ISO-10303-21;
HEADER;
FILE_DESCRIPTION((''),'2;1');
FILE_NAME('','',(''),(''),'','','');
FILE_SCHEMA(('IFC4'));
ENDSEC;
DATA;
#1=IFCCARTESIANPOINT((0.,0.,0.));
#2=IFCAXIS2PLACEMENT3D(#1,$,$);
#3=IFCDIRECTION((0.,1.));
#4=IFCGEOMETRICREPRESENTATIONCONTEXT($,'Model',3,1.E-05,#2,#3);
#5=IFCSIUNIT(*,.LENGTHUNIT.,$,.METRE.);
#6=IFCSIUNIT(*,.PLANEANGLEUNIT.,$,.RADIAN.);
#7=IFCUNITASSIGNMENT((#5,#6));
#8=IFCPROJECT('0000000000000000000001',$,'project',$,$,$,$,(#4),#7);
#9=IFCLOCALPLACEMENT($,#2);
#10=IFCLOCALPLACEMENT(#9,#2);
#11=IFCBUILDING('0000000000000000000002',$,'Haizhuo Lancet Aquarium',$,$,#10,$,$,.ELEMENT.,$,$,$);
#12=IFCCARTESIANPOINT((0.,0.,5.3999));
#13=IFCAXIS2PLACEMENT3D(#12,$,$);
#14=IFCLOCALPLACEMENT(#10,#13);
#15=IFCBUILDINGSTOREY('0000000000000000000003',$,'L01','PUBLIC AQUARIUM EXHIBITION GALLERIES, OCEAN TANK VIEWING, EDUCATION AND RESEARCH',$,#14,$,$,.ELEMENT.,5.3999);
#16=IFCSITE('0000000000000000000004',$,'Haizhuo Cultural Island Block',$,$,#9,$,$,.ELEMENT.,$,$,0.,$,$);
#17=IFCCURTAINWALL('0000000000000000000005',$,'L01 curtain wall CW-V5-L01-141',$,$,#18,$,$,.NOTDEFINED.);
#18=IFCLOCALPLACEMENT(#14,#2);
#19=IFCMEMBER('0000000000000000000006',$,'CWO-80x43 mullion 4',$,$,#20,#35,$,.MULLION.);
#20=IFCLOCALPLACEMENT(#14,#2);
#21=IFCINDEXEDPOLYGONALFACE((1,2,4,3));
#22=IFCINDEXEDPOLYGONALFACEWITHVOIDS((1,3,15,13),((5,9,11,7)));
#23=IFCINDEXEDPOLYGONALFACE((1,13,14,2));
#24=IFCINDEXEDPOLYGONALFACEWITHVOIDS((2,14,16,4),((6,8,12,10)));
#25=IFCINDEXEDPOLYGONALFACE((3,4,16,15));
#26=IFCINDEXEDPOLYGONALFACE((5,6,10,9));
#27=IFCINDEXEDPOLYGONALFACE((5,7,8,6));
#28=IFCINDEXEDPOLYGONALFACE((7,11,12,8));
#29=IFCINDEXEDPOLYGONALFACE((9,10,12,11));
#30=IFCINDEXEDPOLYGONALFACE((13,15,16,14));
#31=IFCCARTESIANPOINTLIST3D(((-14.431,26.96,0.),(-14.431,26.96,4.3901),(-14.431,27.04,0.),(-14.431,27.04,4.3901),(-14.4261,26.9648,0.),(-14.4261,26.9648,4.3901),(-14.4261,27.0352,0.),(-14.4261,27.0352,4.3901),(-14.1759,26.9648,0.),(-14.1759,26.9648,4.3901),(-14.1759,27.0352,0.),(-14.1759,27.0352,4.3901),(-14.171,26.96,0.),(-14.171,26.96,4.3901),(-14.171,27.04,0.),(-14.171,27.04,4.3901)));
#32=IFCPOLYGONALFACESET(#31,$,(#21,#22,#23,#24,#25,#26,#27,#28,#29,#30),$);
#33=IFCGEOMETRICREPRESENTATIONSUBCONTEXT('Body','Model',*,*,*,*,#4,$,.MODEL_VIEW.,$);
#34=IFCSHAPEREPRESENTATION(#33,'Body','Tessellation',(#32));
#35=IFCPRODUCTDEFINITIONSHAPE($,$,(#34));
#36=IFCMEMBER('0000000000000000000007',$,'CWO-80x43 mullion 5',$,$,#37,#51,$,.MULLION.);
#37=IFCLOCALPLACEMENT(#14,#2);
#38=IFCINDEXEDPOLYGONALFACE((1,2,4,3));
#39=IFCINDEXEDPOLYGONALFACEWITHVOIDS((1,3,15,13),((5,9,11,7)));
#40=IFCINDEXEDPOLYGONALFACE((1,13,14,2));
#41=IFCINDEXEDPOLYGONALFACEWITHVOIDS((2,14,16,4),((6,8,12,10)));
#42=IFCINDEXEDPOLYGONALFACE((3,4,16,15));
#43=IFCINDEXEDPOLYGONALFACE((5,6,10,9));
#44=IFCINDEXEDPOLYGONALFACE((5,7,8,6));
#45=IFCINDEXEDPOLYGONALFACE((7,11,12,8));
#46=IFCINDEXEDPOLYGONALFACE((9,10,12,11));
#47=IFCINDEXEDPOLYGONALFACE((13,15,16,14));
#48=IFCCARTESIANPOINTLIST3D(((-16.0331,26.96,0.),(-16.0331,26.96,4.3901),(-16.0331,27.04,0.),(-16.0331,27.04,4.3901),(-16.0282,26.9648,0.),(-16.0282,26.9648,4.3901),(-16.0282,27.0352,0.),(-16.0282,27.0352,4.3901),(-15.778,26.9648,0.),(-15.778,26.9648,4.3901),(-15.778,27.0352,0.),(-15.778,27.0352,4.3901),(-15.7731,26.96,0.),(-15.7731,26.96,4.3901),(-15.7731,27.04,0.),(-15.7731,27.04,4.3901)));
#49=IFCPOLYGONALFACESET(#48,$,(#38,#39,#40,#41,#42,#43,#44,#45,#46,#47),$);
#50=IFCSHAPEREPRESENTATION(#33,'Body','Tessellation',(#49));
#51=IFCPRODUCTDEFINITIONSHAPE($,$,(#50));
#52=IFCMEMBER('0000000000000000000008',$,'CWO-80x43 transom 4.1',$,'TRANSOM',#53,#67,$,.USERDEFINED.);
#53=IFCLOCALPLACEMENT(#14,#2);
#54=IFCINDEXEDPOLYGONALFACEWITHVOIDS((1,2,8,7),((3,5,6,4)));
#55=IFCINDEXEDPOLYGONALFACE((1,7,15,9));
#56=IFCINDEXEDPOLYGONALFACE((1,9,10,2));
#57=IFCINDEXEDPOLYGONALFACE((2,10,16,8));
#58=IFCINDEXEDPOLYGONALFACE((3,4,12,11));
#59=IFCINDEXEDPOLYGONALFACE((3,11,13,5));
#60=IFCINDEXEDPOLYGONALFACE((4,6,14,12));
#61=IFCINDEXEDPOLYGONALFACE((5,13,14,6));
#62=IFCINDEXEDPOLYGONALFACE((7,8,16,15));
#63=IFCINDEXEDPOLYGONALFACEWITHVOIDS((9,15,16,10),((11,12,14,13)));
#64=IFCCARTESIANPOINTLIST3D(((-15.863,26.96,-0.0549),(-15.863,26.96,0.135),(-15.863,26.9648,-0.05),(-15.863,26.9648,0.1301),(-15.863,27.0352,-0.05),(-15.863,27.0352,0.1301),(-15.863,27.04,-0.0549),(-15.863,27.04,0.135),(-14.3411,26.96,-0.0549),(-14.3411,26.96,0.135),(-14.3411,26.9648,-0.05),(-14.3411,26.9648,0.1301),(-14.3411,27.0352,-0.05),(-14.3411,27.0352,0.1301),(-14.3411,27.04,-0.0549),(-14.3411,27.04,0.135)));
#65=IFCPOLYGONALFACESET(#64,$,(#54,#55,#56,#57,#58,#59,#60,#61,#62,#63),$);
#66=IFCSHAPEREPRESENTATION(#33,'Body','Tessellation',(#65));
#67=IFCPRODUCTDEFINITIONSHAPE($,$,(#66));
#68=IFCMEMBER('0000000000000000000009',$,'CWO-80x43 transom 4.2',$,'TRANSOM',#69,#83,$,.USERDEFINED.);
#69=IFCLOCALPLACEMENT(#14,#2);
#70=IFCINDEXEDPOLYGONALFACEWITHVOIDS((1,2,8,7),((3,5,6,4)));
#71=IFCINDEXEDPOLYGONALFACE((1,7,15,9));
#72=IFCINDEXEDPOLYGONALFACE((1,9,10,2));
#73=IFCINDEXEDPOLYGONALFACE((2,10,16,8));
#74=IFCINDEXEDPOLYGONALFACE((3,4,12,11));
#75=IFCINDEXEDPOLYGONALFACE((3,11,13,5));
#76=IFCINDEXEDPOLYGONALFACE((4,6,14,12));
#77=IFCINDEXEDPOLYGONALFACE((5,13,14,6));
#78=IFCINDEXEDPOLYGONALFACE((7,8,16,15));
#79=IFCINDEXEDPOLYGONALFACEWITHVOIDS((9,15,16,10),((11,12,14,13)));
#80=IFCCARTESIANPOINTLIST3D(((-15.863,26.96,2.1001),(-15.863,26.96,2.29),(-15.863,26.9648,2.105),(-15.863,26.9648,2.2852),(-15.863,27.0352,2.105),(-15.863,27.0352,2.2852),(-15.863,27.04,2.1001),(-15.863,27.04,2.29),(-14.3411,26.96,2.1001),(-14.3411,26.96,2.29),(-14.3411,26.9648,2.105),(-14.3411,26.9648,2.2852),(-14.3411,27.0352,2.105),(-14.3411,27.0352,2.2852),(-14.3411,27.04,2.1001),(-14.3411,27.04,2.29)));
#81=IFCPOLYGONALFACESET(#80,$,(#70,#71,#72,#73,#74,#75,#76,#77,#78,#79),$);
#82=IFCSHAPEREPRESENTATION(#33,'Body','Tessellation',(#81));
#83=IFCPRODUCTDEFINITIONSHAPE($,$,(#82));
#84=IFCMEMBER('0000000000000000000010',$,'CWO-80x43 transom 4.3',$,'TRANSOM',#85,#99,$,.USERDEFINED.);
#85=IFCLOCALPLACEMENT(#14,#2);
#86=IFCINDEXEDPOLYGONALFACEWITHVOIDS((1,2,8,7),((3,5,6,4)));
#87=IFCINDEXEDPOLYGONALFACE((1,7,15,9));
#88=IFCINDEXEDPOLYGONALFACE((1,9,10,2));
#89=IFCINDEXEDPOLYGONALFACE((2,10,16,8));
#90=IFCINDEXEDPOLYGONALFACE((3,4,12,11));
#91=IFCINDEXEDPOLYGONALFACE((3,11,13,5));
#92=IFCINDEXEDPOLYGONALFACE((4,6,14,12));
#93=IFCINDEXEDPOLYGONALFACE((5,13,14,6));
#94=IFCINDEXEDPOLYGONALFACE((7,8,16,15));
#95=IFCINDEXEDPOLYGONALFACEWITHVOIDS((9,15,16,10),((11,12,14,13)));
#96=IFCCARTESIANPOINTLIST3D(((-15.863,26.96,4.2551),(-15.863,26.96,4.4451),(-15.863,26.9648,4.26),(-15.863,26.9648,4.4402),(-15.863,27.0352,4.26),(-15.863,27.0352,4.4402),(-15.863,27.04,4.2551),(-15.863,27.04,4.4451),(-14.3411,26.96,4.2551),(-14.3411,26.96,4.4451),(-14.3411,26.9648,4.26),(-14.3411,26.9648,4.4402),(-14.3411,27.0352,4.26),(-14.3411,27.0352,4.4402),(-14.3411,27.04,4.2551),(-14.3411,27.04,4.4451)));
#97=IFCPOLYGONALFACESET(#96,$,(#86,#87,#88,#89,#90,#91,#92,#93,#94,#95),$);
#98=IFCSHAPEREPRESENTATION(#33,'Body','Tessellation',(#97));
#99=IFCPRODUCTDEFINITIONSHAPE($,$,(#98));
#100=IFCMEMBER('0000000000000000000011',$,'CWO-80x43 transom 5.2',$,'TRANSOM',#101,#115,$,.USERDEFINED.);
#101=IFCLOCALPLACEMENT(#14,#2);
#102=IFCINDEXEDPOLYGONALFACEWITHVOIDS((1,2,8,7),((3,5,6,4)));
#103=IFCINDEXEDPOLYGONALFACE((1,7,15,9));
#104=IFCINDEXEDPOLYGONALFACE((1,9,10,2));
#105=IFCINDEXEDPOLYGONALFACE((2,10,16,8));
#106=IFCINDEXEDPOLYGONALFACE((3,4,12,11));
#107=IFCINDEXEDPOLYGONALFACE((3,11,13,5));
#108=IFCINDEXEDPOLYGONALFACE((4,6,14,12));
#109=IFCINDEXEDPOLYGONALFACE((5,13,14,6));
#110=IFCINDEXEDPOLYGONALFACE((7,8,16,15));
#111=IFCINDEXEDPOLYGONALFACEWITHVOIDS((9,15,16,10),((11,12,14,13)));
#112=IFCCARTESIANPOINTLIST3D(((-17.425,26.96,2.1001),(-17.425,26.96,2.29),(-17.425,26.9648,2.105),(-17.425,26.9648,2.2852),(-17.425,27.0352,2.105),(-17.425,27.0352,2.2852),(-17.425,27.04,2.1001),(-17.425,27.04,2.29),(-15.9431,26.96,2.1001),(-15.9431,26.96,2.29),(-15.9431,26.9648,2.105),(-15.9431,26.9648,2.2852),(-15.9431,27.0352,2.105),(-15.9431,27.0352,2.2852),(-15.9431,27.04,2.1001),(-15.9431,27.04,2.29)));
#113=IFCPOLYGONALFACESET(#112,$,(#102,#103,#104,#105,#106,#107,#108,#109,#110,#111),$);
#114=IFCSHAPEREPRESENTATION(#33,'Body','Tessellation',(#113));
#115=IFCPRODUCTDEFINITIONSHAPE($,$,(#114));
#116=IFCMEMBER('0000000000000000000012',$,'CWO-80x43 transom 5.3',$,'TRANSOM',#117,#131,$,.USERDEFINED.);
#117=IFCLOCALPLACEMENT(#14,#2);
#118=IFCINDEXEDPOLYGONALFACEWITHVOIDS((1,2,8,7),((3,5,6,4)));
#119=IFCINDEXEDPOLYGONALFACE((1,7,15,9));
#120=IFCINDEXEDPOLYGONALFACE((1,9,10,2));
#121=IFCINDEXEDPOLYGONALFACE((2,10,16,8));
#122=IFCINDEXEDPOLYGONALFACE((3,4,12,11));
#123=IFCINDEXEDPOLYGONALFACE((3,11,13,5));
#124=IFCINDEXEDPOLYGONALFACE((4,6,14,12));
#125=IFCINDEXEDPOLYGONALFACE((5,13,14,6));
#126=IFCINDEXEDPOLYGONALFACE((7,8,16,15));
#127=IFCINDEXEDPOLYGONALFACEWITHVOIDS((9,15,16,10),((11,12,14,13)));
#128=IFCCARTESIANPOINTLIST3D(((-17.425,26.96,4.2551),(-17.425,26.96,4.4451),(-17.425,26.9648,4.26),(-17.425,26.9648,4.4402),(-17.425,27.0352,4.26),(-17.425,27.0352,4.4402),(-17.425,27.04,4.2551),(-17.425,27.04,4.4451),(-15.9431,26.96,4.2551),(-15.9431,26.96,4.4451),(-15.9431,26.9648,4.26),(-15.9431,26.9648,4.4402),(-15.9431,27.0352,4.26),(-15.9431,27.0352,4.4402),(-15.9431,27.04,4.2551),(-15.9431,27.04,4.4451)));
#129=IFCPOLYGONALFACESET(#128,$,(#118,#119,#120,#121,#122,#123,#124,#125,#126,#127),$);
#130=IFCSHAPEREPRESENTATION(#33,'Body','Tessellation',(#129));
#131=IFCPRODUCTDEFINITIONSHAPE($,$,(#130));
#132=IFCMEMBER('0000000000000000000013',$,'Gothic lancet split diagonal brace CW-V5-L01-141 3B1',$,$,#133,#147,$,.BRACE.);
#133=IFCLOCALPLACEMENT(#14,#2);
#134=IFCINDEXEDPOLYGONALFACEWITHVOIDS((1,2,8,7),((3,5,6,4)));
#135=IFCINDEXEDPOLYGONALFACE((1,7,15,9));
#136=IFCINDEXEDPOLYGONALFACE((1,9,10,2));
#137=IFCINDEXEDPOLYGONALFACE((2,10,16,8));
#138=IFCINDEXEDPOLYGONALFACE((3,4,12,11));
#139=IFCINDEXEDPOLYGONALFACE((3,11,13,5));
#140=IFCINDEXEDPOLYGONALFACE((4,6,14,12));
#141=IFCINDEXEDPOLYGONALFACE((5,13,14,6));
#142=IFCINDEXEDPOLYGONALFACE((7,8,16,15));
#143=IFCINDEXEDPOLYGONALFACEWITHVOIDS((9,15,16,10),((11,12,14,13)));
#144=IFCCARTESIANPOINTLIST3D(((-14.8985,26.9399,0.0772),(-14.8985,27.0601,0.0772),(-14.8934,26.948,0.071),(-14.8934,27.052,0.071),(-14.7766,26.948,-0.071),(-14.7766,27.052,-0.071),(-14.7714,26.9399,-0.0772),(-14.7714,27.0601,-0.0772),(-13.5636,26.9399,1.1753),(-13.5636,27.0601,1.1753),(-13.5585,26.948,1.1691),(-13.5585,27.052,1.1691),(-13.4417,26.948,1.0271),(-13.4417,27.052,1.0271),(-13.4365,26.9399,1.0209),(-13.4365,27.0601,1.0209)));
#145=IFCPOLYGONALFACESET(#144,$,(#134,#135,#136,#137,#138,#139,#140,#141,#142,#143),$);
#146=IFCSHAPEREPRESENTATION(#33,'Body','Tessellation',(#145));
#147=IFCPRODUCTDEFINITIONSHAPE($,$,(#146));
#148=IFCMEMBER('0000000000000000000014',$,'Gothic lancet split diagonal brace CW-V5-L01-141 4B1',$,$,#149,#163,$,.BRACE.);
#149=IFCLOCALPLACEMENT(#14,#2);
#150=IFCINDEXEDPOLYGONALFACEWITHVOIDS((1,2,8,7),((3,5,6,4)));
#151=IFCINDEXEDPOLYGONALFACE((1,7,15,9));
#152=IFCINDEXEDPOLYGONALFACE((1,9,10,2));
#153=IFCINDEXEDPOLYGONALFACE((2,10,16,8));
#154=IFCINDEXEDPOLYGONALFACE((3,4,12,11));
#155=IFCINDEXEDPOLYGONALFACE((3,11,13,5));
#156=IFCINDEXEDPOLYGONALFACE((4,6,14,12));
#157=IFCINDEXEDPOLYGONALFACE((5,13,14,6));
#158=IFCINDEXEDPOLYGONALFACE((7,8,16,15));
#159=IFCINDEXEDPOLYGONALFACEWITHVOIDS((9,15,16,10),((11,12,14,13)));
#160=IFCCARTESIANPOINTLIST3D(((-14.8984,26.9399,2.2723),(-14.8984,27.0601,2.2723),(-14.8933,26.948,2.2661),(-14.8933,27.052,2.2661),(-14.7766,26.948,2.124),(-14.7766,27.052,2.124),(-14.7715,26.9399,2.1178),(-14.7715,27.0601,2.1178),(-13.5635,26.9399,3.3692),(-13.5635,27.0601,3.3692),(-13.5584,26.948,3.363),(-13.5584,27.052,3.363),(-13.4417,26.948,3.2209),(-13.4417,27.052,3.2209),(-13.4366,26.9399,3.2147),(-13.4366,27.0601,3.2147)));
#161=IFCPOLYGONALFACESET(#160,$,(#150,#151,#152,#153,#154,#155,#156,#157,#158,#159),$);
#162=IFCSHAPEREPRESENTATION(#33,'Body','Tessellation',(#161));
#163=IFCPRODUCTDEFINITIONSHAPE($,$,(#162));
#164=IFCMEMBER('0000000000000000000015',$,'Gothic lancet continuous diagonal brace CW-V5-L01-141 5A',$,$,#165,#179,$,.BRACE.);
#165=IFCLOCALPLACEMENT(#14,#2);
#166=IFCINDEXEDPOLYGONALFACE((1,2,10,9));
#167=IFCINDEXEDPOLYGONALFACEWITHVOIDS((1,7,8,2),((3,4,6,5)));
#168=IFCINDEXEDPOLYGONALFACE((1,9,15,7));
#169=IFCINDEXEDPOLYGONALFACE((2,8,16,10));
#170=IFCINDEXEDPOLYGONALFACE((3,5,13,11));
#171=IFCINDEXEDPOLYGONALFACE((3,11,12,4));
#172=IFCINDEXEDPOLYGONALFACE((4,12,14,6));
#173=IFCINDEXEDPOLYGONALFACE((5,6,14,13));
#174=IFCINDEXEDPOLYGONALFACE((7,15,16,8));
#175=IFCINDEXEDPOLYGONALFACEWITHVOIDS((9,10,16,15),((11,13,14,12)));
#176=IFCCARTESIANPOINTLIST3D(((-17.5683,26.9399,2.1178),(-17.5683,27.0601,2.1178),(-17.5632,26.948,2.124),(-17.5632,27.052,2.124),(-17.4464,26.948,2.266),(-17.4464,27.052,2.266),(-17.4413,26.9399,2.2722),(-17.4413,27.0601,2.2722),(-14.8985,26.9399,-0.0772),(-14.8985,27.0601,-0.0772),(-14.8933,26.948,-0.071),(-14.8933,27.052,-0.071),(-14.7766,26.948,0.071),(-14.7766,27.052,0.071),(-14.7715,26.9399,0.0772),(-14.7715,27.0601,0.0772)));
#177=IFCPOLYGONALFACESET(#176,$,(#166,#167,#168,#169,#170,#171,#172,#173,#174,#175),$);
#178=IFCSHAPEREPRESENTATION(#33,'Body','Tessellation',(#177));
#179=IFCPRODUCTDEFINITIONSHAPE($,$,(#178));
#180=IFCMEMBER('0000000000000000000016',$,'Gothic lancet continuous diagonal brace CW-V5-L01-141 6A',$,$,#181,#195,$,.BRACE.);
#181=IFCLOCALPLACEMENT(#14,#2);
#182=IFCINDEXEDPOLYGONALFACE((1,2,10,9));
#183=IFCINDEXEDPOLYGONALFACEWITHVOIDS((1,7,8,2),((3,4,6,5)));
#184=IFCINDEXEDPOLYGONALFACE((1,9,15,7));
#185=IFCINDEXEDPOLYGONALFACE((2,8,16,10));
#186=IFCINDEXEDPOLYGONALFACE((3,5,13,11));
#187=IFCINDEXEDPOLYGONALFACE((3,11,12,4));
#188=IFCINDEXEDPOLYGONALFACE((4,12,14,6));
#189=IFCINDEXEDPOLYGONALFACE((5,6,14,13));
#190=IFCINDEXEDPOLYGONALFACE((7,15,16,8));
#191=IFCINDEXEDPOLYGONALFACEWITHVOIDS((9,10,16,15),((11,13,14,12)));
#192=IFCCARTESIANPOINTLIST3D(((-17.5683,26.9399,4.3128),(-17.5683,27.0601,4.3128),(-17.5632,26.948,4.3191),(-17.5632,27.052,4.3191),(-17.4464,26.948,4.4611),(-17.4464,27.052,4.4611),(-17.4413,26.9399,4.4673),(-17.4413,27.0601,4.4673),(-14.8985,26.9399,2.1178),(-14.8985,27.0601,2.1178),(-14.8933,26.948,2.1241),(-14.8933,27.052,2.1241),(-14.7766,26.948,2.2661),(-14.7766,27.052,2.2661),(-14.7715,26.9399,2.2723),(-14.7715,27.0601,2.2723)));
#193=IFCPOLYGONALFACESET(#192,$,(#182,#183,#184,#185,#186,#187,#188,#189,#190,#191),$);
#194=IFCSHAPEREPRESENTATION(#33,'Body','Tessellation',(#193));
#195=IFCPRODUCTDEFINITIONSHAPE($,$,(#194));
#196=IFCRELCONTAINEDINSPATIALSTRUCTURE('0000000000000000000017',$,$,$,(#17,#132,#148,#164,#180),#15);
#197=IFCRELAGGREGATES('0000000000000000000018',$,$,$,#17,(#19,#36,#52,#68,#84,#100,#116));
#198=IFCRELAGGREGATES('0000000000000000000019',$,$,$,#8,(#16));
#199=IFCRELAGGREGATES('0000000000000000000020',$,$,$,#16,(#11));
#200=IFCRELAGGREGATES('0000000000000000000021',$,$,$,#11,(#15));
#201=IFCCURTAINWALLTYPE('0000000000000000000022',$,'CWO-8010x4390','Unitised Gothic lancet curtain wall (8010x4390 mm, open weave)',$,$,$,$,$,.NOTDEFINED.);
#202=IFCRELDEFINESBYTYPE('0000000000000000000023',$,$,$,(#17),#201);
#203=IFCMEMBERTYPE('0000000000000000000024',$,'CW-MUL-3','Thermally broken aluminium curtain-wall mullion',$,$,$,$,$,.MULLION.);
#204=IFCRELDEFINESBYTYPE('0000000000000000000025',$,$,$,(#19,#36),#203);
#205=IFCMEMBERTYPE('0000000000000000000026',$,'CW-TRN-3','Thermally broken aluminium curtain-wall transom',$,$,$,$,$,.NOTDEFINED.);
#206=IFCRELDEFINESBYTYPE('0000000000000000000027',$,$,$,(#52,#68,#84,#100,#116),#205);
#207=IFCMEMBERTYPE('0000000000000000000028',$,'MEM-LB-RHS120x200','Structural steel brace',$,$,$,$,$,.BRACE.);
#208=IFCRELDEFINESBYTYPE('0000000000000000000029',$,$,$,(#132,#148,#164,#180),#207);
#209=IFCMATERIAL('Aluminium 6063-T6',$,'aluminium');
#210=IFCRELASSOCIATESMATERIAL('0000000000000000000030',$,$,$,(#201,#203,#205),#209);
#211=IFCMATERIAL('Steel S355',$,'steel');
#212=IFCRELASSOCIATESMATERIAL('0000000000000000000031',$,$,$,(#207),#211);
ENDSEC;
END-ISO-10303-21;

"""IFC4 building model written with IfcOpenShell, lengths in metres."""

from ifc_helpers import new_model, si_unit, direction, frame, origin, origin_2d, place, context, subcontext, project, spatial, hollow_rectangle, extrude, material, material_profile, profile_set, type_object, element, aggregate, save


model = new_model("IFC4")

# Units and contexts
model_context = context("Model", 3, precision=1e-05, world=origin(), true_north=direction((0.0, 1.0)))
body_context = subcontext(model_context, "Body", "Model", "MODEL_VIEW")
ifc_project = project(units=[si_unit("LENGTHUNIT", "METRE"), si_unit("PLANEANGLEUNIT", "RADIAN")], contexts=[model_context])

# Site, building, storey
site_placement = place(None, origin())
site = spatial("IfcSite", under=ifc_project, at=site_placement, Name="Haizhuo Cultural Island Block", CompositionType="ELEMENT", RefElevation=0.0)
building_placement = place(site_placement, origin())
building = spatial("IfcBuilding", under=site, at=building_placement, Name="Haizhuo Lancet Aquarium", CompositionType="ELEMENT")
storey_placement = place(building_placement, frame((0.0, 0.0, 5.3999)))
storey = spatial("IfcBuildingStorey", under=building, at=storey_placement, Name="L01", Description="PUBLIC AQUARIUM EXHIBITION GALLERIES, OCEAN TANK VIEWING, EDUCATION AND RESEARCH", CompositionType="ELEMENT", Elevation=5.3999)

# Curtain wall, members
ifc_material_1 = material(Name="Aluminium 6063-T6", Category="aluminium")
curtain_wall_type = type_object("IfcCurtainWallType", Name="CWO-8010x4390", Description="Unitised Gothic lancet curtain wall (8010x4390 mm, open weave)", PredefinedType="NOTDEFINED", material=ifc_material_1)
curtain_wall_placement = place(storey_placement, origin())
curtain_wall = element("IfcCurtainWall", 1, at=curtain_wall_placement, inside=storey, type_object=curtain_wall_type, Name="L01 curtain wall CW-V5-L01-141", PredefinedType="NOTDEFINED")
ifc_material_profile_1 = material_profile(ifc_material_1, hollow_rectangle(XDim=0.0801, YDim=0.26, WallThickness=0.0049, at=origin_2d()), Name="ALU-M 80x260x5")
ifc_profile_set_1 = profile_set([ifc_material_profile_1], Name="Aluminium 6063-T6")
member_type_1 = type_object("IfcMemberType", Name="CW-MUL-3", Description="Thermally broken aluminium curtain-wall mullion", PredefinedType="MULLION", material=ifc_profile_set_1)
member_1_placement = place(storey_placement, frame((-14.301, 27.0, 0.0), z_axis=(0.0, 0.0, 1.0), x_axis=(0.0, -1.0, 0.0)))
member_1 = element("IfcMember", 2, at=member_1_placement, type_object=member_type_1, Name="CWO-80x43 mullion 4", PredefinedType="MULLION", context=body_context, shape_type="SweptSolid", body=[
    extrude(hollow_rectangle(XDim=0.0801, YDim=0.26, WallThickness=0.0049, at=origin_2d()), origin(), (0.0, 0.0, 1.0), 4.3901),
])
member_2_placement = place(storey_placement, frame((-15.9031, 27.0, 0.0), z_axis=(0.0, 0.0, 1.0), x_axis=(0.0, -1.0, 0.0)))
member_2 = element("IfcMember", 3, at=member_2_placement, type_object=member_type_1, Name="CWO-80x43 mullion 5", PredefinedType="MULLION", context=body_context, shape_type="SweptSolid", body=[
    extrude(hollow_rectangle(XDim=0.0801, YDim=0.26, WallThickness=0.0049, at=origin_2d()), origin(), (0.0, 0.0, 1.0), 4.3901),
])
ifc_material_profile_2 = material_profile(ifc_material_1, hollow_rectangle(XDim=0.0801, YDim=0.1899, WallThickness=0.0049, at=origin_2d()), Name="ALU-T 80x190x5")
ifc_profile_set_2 = profile_set([ifc_material_profile_2], Name="Aluminium 6063-T6")
member_type_2 = type_object("IfcMemberType", Name="CW-TRN-3", Description="Thermally broken aluminium curtain-wall transom", PredefinedType="NOTDEFINED", material=ifc_profile_set_2)
member_3_placement = place(storey_placement, frame((-14.3411, 27.0, 0.04), z_axis=(-1.0, 0.0, 0.0), x_axis=(0.0, -1.0, 0.0)))
member_3 = element("IfcMember", 4, at=member_3_placement, type_object=member_type_2, Name="CWO-80x43 transom 4.1", ObjectType="TRANSOM", PredefinedType="USERDEFINED", context=body_context, shape_type="SweptSolid", body=[
    extrude(hollow_rectangle(XDim=0.0801, YDim=0.1899, WallThickness=0.0049, at=origin_2d()), origin(), (0.0, 0.0, 1.0), 1.522),
])
member_4_placement = place(storey_placement, frame((-14.3411, 27.0, 2.1951), z_axis=(-1.0, 0.0, 0.0), x_axis=(0.0, -1.0, 0.0)))
member_4 = element("IfcMember", 5, at=member_4_placement, type_object=member_type_2, Name="CWO-80x43 transom 4.2", ObjectType="TRANSOM", PredefinedType="USERDEFINED", context=body_context, shape_type="SweptSolid", body=[
    extrude(hollow_rectangle(XDim=0.0801, YDim=0.1899, WallThickness=0.0049, at=origin_2d()), origin(), (0.0, 0.0, 1.0), 1.522),
])
member_5_placement = place(storey_placement, frame((-14.3411, 27.0, 4.3501), z_axis=(-1.0, 0.0, 0.0), x_axis=(0.0, -1.0, 0.0)))
member_5 = element("IfcMember", 6, at=member_5_placement, type_object=member_type_2, Name="CWO-80x43 transom 4.3", ObjectType="TRANSOM", PredefinedType="USERDEFINED", context=body_context, shape_type="SweptSolid", body=[
    extrude(hollow_rectangle(XDim=0.0801, YDim=0.1899, WallThickness=0.0049, at=origin_2d()), origin(), (0.0, 0.0, 1.0), 1.522),
])
member_6_placement = place(storey_placement, frame((-15.9431, 27.0, 2.1951), z_axis=(-1.0, 0.0, 0.0), x_axis=(0.0, -1.0, 0.0)))
member_6 = element("IfcMember", 7, at=member_6_placement, type_object=member_type_2, Name="CWO-80x43 transom 5.2", ObjectType="TRANSOM", PredefinedType="USERDEFINED", context=body_context, shape_type="SweptSolid", body=[
    extrude(hollow_rectangle(XDim=0.0801, YDim=0.1899, WallThickness=0.0049, at=origin_2d()), origin(), (0.0, 0.0, 1.0), 1.4819),
])
member_7_placement = place(storey_placement, frame((-15.9431, 27.0, 4.3501), z_axis=(-1.0, 0.0, 0.0), x_axis=(0.0, -1.0, 0.0)))
member_7 = element("IfcMember", 8, at=member_7_placement, type_object=member_type_2, Name="CWO-80x43 transom 5.3", ObjectType="TRANSOM", PredefinedType="USERDEFINED", context=body_context, shape_type="SweptSolid", body=[
    extrude(hollow_rectangle(XDim=0.0801, YDim=0.1899, WallThickness=0.0049, at=origin_2d()), origin(), (0.0, 0.0, 1.0), 1.4819),
])

# Members
ifc_material_2 = material(Name="Steel S355", Category="steel")
ifc_material_profile_3 = material_profile(ifc_material_2, hollow_rectangle(XDim=0.1201, YDim=0.2, WallThickness=0.0081, at=origin_2d()), Name="RHS 120x200x8")
ifc_profile_set_3 = profile_set([ifc_material_profile_3], Name="Steel S355")
member_type_3 = type_object("IfcMemberType", Name="MEM-LB-RHS120x200", Description="Structural steel brace", PredefinedType="BRACE", material=ifc_profile_set_3)
member_8_placement = place(storey_placement, frame((-14.835, 27.0, 0.0), z_axis=(0.772281, 0.0, 0.635281), x_axis=(0.0, 1.0, 0.0)))
element("IfcMember", 9, at=member_8_placement, inside=storey, type_object=member_type_3, Name="Gothic lancet split diagonal brace CW-V5-L01-141 3B1", PredefinedType="BRACE", context=body_context, shape_type="SweptSolid", body=[
    extrude(hollow_rectangle(XDim=0.1201, YDim=0.2, WallThickness=0.0081, at=origin_2d()), origin(), (0.0, 0.0, 1.0), 1.7285),
])
member_9_placement = place(storey_placement, frame((-14.835, 27.0, 2.1951), z_axis=(0.772627, 0.0, 0.63486), x_axis=(0.0, 1.0, 0.0)))
element("IfcMember", 10, at=member_9_placement, inside=storey, type_object=member_type_3, Name="Gothic lancet split diagonal brace CW-V5-L01-141 4B1", PredefinedType="BRACE", context=body_context, shape_type="SweptSolid", body=[
    extrude(hollow_rectangle(XDim=0.1201, YDim=0.2, WallThickness=0.0081, at=origin_2d()), origin(), (0.0, 0.0, 1.0), 1.7278),
])
for number, where, z_axis, x_axis, name in (
    (11, (-14.835, 27.0, 0.0), (-0.772454, 0.0, 0.635071), (0.0, -1.0, 0.0), "Gothic lancet continuous diagonal brace CW-V5-L01-141 5A"),
    (12, (-14.835, 27.0, 2.1951), (-0.772454, 0.0, 0.635071), (0.0, -1.0, 0.0), "Gothic lancet continuous diagonal brace CW-V5-L01-141 6A"),
):
    element("IfcMember", number, at=place(storey_placement, frame(where, z_axis=z_axis, x_axis=x_axis)), inside=storey, type_object=member_type_3, Name=name, PredefinedType="BRACE", context=body_context, shape_type="SweptSolid", body=[
        extrude(hollow_rectangle(XDim=0.1201, YDim=0.2, WallThickness=0.0081, at=origin_2d()), origin(), (0.0, 0.0, 1.0), 3.4563),
    ])

aggregate(curtain_wall, [member_1, member_2, member_3, member_4, member_5, member_6, member_7])

save(model, "model.ifc")
